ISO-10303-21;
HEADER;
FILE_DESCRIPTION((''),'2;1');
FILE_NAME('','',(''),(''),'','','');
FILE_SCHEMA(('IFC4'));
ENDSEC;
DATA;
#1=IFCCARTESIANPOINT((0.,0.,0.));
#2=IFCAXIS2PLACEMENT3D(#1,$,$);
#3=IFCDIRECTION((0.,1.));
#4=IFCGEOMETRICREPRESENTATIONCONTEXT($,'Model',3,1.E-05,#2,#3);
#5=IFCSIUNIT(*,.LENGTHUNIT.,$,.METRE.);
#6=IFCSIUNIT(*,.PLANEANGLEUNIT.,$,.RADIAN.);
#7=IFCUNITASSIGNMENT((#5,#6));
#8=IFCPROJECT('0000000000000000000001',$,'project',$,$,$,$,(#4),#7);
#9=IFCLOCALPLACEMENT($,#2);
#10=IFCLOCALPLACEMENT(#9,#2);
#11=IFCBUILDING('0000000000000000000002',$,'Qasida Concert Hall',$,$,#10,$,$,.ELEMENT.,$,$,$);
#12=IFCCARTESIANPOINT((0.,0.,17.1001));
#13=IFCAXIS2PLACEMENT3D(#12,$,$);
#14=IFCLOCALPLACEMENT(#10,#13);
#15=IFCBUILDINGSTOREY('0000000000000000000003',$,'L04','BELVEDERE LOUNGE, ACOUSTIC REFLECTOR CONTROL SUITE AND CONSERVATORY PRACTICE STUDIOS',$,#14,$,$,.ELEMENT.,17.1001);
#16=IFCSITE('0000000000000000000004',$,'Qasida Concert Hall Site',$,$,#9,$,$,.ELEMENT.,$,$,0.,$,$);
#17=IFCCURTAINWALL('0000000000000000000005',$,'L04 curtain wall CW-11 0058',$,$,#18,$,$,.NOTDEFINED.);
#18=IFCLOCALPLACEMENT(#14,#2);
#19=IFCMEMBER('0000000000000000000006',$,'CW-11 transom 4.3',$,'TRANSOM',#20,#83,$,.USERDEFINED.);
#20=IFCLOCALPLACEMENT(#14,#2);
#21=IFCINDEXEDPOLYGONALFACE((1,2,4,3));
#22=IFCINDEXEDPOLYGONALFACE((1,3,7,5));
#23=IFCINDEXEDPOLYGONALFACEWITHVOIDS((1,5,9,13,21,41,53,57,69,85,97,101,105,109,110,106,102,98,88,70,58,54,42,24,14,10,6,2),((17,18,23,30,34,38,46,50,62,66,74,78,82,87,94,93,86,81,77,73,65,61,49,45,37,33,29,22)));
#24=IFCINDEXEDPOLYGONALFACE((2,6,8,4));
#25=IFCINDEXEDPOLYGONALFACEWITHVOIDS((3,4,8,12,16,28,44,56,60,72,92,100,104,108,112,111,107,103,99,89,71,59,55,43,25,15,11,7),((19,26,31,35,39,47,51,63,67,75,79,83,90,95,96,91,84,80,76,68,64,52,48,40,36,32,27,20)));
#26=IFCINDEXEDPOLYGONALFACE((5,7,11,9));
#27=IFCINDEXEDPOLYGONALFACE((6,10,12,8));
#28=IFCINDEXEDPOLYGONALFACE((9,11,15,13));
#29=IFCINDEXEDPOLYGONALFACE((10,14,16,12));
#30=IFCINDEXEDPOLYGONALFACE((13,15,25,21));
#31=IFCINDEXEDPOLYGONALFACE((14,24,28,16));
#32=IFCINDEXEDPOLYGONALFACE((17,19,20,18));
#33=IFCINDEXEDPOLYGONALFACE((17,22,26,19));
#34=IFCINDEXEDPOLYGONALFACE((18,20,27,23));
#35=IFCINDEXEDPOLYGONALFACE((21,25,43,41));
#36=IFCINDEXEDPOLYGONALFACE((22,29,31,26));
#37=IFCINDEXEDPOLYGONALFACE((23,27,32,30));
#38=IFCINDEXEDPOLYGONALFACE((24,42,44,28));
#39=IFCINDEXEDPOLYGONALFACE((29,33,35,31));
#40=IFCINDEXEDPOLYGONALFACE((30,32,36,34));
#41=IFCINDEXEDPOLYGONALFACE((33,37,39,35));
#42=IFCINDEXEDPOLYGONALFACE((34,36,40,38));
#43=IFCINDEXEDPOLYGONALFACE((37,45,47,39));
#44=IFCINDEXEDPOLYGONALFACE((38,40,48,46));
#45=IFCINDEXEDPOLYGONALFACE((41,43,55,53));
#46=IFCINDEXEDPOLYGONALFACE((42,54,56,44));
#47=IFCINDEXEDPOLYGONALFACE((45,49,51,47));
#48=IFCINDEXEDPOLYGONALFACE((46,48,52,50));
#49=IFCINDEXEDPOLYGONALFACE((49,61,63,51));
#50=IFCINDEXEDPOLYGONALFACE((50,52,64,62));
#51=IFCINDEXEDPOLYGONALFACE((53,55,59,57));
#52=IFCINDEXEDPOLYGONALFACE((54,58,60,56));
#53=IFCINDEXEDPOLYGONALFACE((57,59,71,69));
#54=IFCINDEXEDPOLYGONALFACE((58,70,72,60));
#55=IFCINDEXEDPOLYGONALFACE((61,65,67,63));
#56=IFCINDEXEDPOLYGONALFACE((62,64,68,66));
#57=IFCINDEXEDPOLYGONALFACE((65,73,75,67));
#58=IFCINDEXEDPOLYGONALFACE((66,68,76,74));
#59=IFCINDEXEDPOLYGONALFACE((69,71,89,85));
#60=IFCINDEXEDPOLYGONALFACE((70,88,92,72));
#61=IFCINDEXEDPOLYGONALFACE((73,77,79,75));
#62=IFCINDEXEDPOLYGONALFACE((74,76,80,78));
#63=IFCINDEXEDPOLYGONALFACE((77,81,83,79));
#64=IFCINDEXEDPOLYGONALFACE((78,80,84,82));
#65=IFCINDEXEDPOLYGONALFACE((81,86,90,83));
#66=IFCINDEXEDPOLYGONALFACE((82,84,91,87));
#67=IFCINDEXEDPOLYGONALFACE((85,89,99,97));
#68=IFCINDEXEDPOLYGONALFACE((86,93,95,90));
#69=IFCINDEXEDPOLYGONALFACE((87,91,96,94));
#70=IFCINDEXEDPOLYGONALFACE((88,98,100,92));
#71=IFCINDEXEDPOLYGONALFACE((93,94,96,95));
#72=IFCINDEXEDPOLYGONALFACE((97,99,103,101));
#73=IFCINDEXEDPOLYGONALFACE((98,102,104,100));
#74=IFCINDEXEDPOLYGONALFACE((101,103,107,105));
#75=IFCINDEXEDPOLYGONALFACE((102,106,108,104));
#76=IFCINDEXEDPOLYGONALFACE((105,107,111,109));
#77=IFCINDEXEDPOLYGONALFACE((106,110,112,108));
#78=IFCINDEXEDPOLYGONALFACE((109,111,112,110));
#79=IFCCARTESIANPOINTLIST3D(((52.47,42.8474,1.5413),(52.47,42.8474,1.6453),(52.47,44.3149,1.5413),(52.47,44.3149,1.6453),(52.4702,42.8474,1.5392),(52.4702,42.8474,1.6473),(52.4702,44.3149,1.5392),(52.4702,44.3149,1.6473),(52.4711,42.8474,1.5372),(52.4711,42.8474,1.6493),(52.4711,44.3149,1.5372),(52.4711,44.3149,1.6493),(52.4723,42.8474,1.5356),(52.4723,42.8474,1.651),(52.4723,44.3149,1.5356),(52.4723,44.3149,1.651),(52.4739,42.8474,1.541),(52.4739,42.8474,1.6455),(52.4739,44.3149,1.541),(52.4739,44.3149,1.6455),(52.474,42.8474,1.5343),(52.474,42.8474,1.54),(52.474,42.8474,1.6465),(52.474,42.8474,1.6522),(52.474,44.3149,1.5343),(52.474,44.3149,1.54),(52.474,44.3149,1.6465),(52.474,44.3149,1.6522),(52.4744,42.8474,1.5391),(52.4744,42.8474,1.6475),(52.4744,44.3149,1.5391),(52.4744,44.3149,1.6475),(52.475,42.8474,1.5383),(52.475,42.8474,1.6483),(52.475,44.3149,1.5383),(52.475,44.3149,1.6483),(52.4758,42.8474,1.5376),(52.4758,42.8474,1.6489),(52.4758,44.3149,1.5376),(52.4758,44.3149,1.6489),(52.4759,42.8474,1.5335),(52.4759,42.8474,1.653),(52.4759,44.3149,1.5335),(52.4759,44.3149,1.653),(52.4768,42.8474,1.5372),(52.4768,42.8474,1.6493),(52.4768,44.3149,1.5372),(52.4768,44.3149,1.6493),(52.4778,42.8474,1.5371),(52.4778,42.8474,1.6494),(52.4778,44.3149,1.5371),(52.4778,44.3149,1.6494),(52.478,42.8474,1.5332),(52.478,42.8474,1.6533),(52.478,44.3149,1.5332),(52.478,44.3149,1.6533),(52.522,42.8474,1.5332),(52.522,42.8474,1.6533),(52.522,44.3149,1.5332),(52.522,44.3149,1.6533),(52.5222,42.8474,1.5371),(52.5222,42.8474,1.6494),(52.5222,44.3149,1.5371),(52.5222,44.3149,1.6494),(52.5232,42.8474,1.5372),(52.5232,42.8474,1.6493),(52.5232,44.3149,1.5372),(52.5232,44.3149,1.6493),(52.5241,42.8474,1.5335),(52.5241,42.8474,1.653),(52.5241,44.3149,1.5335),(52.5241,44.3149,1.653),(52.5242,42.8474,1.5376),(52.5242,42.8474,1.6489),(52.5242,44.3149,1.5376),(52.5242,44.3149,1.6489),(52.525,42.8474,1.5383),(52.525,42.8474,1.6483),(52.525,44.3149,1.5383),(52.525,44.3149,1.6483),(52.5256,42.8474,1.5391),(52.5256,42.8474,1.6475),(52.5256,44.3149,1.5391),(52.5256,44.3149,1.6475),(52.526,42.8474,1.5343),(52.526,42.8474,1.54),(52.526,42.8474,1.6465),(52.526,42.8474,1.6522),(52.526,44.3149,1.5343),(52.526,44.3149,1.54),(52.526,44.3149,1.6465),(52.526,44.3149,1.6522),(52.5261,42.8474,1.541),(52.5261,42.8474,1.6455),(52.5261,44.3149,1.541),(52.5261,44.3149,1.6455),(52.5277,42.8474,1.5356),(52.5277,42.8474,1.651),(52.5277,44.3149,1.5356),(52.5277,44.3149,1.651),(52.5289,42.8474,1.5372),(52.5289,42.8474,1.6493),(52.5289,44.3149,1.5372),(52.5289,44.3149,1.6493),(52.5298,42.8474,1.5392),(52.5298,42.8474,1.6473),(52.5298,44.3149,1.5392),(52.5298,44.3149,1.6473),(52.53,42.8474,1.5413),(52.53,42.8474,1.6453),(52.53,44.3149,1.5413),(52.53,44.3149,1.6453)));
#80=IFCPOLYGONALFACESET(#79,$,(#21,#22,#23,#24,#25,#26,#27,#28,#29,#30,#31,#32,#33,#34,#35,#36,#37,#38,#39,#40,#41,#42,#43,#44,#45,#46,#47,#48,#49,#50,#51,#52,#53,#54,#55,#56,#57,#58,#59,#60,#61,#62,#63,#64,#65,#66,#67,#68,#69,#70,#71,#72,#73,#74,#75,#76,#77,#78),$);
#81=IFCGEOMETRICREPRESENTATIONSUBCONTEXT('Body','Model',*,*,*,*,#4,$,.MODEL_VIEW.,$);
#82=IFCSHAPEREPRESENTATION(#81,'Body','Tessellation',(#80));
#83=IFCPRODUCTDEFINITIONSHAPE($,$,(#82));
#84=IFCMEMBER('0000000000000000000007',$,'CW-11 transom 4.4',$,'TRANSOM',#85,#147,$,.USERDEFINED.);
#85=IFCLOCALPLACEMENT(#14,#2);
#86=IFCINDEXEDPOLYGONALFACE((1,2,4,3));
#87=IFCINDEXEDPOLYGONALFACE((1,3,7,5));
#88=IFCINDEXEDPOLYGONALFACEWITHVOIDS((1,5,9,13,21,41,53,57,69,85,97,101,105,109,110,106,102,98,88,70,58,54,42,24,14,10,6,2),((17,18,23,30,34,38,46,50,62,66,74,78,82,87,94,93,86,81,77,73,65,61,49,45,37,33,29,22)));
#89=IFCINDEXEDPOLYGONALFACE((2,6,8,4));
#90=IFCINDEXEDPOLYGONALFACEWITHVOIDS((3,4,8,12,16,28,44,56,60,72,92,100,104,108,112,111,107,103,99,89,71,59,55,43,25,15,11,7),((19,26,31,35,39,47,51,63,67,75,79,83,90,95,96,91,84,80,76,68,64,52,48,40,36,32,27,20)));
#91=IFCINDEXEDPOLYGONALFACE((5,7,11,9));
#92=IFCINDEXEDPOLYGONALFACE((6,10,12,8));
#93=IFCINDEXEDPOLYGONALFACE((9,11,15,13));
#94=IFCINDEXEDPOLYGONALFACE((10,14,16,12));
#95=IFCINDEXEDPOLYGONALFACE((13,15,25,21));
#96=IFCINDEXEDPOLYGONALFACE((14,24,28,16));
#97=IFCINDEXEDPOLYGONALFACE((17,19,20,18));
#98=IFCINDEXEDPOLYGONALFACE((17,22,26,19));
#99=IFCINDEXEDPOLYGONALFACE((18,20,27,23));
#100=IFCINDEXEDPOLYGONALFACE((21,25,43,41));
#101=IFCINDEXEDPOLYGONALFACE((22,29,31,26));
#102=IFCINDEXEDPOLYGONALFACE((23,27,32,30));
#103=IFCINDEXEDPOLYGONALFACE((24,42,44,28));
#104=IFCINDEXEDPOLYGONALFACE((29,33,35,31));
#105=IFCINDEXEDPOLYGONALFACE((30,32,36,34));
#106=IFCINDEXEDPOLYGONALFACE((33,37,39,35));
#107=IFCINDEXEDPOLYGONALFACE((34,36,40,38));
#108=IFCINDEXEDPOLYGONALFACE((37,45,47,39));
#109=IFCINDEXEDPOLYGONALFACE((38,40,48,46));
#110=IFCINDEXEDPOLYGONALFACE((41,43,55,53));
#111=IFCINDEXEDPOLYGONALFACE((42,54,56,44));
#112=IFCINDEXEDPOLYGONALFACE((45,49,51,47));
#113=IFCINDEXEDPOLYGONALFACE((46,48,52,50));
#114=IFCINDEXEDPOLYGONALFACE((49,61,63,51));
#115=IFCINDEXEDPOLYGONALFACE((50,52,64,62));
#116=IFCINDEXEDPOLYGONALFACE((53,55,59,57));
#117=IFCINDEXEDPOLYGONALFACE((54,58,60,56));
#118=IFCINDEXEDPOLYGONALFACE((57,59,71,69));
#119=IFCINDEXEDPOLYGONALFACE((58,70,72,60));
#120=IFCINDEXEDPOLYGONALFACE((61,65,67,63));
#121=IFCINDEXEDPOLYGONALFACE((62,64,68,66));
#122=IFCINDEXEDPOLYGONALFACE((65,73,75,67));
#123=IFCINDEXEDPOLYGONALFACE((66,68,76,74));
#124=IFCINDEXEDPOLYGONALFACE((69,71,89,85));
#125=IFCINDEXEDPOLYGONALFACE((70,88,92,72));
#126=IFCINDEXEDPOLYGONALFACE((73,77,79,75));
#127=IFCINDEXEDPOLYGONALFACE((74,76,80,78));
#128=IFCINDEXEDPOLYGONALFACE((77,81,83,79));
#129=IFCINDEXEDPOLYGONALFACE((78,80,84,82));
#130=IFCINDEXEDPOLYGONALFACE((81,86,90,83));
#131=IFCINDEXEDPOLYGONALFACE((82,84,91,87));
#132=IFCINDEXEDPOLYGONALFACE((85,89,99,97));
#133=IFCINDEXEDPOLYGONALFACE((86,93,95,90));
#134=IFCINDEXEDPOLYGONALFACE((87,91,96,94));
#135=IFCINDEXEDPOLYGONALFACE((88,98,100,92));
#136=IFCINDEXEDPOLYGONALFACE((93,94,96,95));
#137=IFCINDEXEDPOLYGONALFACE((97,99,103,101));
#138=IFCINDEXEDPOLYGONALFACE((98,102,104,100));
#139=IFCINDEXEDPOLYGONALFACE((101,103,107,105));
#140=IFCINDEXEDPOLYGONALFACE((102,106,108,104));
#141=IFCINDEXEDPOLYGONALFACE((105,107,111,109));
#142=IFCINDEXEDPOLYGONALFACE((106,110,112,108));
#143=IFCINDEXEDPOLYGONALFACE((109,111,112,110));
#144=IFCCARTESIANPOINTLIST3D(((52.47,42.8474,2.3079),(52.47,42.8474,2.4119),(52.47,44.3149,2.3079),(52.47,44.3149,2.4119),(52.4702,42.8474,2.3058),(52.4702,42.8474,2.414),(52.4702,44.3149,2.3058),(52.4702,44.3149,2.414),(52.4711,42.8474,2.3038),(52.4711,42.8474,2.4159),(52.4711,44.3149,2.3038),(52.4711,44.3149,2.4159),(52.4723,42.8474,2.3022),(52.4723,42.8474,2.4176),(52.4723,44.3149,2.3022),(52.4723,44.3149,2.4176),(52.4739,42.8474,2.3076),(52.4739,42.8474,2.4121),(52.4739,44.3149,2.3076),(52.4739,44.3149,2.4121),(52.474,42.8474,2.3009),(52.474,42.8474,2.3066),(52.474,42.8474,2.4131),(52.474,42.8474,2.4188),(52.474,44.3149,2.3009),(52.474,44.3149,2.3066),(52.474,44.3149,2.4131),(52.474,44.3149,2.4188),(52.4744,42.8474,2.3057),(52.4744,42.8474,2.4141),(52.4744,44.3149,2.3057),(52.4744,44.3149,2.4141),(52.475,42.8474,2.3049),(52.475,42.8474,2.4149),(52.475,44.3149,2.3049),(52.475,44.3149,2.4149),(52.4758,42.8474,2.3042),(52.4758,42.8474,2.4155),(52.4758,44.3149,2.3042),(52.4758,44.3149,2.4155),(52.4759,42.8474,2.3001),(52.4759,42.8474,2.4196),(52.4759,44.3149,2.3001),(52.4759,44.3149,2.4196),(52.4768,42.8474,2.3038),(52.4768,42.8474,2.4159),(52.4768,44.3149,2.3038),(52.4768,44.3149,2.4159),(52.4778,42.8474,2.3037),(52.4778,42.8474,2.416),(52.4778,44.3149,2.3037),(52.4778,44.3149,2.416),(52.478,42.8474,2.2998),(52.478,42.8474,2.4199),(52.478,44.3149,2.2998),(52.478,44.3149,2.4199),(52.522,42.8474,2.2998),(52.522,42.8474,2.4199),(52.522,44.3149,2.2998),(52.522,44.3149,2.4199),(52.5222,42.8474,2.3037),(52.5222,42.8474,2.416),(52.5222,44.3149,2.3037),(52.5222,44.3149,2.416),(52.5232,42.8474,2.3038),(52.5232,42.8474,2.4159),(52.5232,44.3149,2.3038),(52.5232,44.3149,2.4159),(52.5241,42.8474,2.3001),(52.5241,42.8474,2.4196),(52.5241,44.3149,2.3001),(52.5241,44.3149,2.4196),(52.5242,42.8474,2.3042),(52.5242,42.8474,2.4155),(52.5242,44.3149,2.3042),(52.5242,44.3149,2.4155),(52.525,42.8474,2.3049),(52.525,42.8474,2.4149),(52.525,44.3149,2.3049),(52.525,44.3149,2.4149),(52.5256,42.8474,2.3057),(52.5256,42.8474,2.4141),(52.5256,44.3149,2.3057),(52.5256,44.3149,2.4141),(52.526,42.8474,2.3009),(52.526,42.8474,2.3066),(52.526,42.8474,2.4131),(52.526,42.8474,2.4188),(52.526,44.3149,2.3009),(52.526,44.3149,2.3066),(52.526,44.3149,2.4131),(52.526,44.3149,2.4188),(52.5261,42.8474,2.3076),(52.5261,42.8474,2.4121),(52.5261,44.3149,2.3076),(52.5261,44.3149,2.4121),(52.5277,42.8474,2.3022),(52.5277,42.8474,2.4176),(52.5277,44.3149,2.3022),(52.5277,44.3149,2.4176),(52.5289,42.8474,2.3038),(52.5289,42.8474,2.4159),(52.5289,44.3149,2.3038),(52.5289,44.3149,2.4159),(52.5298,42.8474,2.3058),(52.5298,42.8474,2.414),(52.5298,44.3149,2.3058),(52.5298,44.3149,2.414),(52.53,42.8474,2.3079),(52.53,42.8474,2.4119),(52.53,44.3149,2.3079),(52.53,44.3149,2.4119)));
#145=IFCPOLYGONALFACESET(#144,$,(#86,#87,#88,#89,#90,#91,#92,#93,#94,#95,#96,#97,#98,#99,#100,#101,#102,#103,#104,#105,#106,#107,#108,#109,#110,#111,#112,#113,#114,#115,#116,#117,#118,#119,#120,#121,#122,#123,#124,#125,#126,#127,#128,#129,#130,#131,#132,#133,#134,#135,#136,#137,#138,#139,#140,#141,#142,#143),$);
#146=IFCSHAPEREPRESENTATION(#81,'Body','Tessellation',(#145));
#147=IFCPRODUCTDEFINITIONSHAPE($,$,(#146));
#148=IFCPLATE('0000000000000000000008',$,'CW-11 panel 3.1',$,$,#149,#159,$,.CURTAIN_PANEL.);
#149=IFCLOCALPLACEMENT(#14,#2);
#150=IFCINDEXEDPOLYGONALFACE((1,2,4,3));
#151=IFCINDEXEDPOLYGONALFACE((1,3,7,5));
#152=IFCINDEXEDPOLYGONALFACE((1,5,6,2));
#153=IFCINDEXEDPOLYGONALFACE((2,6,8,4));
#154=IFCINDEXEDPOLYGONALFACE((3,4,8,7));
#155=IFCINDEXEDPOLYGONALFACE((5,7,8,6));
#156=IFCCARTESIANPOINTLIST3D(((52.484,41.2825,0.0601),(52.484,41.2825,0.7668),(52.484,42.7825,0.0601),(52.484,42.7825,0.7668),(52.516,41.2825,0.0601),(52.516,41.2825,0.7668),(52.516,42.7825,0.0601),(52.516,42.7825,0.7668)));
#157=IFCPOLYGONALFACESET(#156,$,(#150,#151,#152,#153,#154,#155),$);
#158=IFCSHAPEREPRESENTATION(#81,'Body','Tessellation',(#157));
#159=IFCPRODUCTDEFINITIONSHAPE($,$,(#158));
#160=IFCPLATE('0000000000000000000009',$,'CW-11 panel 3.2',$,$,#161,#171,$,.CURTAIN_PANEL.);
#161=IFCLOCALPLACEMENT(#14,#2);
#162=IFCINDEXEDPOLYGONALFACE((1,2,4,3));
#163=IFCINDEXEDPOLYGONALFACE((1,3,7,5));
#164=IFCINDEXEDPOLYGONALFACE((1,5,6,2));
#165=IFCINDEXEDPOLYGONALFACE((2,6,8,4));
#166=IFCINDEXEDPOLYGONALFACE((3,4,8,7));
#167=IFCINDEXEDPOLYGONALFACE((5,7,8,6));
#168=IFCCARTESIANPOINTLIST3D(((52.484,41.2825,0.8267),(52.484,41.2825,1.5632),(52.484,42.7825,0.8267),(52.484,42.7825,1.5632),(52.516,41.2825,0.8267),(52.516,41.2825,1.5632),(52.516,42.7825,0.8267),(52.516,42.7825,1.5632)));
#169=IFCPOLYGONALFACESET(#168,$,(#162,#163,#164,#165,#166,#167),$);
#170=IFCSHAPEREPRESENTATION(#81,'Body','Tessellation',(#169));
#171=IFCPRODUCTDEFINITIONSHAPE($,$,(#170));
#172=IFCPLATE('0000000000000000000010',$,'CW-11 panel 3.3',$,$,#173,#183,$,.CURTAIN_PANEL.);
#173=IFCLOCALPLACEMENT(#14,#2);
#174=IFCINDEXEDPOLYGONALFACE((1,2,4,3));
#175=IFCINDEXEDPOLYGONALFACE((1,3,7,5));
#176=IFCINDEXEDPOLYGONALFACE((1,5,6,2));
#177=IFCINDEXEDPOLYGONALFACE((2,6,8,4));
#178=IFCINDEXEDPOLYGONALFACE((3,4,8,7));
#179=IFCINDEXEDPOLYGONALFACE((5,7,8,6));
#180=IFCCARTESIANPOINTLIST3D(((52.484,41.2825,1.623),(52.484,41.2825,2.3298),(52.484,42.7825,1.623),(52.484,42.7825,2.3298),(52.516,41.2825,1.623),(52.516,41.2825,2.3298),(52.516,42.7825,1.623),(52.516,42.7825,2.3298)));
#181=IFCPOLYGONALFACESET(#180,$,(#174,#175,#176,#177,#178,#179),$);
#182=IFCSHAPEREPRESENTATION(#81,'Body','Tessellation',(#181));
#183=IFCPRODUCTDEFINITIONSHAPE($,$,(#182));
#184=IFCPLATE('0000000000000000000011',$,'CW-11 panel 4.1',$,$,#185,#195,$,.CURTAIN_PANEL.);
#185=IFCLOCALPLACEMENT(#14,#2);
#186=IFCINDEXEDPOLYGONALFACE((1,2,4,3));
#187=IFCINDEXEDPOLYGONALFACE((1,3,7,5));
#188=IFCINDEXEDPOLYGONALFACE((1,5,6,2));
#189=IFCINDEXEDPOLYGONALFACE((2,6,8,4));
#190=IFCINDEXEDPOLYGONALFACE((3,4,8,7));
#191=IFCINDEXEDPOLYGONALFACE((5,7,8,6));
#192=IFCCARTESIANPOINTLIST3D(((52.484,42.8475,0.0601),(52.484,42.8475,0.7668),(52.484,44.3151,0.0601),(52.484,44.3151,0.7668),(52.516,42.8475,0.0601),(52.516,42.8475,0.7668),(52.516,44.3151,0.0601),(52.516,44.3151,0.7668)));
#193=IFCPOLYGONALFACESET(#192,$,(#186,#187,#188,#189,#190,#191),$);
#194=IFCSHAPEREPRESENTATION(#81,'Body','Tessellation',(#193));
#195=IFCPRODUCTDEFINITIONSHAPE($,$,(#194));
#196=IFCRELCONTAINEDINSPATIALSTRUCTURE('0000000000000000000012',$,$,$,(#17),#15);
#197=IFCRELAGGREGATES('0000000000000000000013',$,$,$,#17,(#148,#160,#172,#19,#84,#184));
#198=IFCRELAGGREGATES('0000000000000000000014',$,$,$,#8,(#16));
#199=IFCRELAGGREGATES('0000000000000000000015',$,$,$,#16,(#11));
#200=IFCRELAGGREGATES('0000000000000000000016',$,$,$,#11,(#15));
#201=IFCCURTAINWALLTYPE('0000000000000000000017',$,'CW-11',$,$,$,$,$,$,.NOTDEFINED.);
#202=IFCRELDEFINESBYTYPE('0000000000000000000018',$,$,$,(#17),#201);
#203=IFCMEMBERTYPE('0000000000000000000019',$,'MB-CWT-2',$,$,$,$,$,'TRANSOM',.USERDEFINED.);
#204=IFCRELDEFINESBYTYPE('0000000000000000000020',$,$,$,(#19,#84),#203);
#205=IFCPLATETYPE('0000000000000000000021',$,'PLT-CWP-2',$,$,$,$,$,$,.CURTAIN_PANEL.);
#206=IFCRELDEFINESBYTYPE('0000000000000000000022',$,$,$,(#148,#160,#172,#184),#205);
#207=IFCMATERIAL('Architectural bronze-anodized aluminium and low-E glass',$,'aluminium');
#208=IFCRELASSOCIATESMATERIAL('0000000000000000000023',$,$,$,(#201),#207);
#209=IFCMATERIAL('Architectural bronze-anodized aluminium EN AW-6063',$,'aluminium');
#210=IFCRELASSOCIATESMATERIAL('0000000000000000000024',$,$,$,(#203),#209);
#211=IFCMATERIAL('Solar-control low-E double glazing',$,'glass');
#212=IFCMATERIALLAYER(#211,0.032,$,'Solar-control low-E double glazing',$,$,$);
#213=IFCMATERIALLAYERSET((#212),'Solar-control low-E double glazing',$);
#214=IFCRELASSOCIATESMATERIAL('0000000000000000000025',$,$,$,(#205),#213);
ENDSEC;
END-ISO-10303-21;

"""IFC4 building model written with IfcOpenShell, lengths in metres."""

from ifc_helpers import new_model, si_unit, direction, frame, origin, origin_2d, place, context, subcontext, project, spatial, rectangle, hollow_rectangle, extrude, material, layer, layer_set, material_profile, profile_set, type_object, element, aggregate, save


model = new_model("IFC4")

# Units and contexts
model_context = context("Model", 3, precision=1e-05, world=origin(), true_north=direction((0.0, 1.0)))
body_context = subcontext(model_context, "Body", "Model", "MODEL_VIEW")
ifc_project = project(units=[si_unit("LENGTHUNIT", "METRE"), si_unit("PLANEANGLEUNIT", "RADIAN")], contexts=[model_context])

# Site, building, storey
site_placement = place(None, origin())
site = spatial("IfcSite", under=ifc_project, at=site_placement, Name="Qasida Concert Hall Site", CompositionType="ELEMENT", RefElevation=0.0)
building_placement = place(site_placement, origin())
building = spatial("IfcBuilding", under=site, at=building_placement, Name="Qasida Concert Hall", CompositionType="ELEMENT")
storey_placement = place(building_placement, frame((0.0, 0.0, 17.1001)))
storey = spatial("IfcBuildingStorey", under=building, at=storey_placement, Name="L04", Description="BELVEDERE LOUNGE, ACOUSTIC REFLECTOR CONTROL SUITE AND CONSERVATORY PRACTICE STUDIOS", CompositionType="ELEMENT", Elevation=17.1001)

# Curtain wall, members, plates
ifc_material_1 = material(Name="Architectural bronze-anodized aluminium and low-E glass", Category="aluminium")
curtain_wall_type = type_object("IfcCurtainWallType", Name="CW-11", PredefinedType="NOTDEFINED", material=ifc_material_1)
curtain_wall_placement = place(storey_placement, origin())
curtain_wall = element("IfcCurtainWall", 1, at=curtain_wall_placement, inside=storey, type_object=curtain_wall_type, Name="L04 curtain wall CW-11 0058", PredefinedType="NOTDEFINED")
ifc_material_2 = material(Name="Architectural bronze-anodized aluminium EN AW-6063", Category="aluminium")
ifc_material_profile_1 = material_profile(ifc_material_2, hollow_rectangle(XDim=0.0601, YDim=0.1201, WallThickness=0.0039, InnerFilletRadius=0.0039, OuterFilletRadius=0.0081, at=origin_2d()), Name="CWT 120x60x4")
ifc_profile_set_1 = profile_set([ifc_material_profile_1], Name="Architectural bronze-anodized aluminium EN AW-6063")
member_type_1 = type_object("IfcMemberType", Name="MB-CWT-2", ElementType="TRANSOM", PredefinedType="USERDEFINED", material=ifc_profile_set_1)
member_1_placement = place(storey_placement, frame((52.5, 42.8474, 1.5933), z_axis=(0.0, 1.0, 0.0), x_axis=(-1.0, 0.0, 0.0)))
member_1 = element("IfcMember", 2, at=member_1_placement, type_object=member_type_1, Name="CW-11 transom 4.3", ObjectType="TRANSOM", PredefinedType="USERDEFINED", context=body_context, shape_type="SweptSolid", body=[
    extrude(hollow_rectangle(XDim=0.0601, YDim=0.1201, WallThickness=0.0039, InnerFilletRadius=0.0039, OuterFilletRadius=0.0081, at=origin_2d()), origin(), (0.0, 0.0, 1.0), 1.4675),
])
member_2_placement = place(storey_placement, frame((52.5, 42.8474, 2.3599), z_axis=(0.0, 1.0, 0.0), x_axis=(-1.0, 0.0, 0.0)))
member_2 = element("IfcMember", 3, at=member_2_placement, type_object=member_type_1, Name="CW-11 transom 4.4", ObjectType="TRANSOM", PredefinedType="USERDEFINED", context=body_context, shape_type="SweptSolid", body=[
    extrude(hollow_rectangle(XDim=0.0601, YDim=0.1201, WallThickness=0.0039, InnerFilletRadius=0.0039, OuterFilletRadius=0.0081, at=origin_2d()), origin(), (0.0, 0.0, 1.0), 1.4675),
])
ifc_material_3 = material(Name="Solar-control low-E double glazing", Category="glass")
ifc_layer_1 = layer(ifc_material_3, 0.032, Name="Solar-control low-E double glazing")
ifc_layer_set_1 = layer_set([ifc_layer_1], Name="Solar-control low-E double glazing")
plate_type = type_object("IfcPlateType", Name="PLT-CWP-2", PredefinedType="CURTAIN_PANEL", material=ifc_layer_set_1)
plate_1_placement = place(storey_placement, frame((52.5, 42.0325, 0.0601), z_axis=(0.0, 0.0, 1.0), x_axis=(0.0, 1.0, 0.0)))
plate_1 = element("IfcPlate", 4, at=plate_1_placement, type_object=plate_type, Name="CW-11 panel 3.1", PredefinedType="CURTAIN_PANEL", context=body_context, shape_type="SweptSolid", body=[
    extrude(rectangle(XDim=1.5, YDim=0.032, at=origin_2d()), origin(), (0.0, 0.0, 1.0), 0.7068),
])
plate_2_placement = place(storey_placement, frame((52.5, 42.0325, 0.8267), z_axis=(0.0, 0.0, 1.0), x_axis=(0.0, 1.0, 0.0)))
plate_2 = element("IfcPlate", 5, at=plate_2_placement, type_object=plate_type, Name="CW-11 panel 3.2", PredefinedType="CURTAIN_PANEL", context=body_context, shape_type="SweptSolid", body=[
    extrude(rectangle(XDim=1.5, YDim=0.032, at=origin_2d()), origin(), (0.0, 0.0, 1.0), 0.7366),
])
plate_3_placement = place(storey_placement, frame((52.5, 42.0325, 1.623), z_axis=(0.0, 0.0, 1.0), x_axis=(0.0, 1.0, 0.0)))
plate_3 = element("IfcPlate", 6, at=plate_3_placement, type_object=plate_type, Name="CW-11 panel 3.3", PredefinedType="CURTAIN_PANEL", context=body_context, shape_type="SweptSolid", body=[
    extrude(rectangle(XDim=1.5, YDim=0.032, at=origin_2d()), origin(), (0.0, 0.0, 1.0), 0.7068),
])
plate_4_placement = place(storey_placement, frame((52.5, 43.5813, 0.0601), z_axis=(0.0, 0.0, 1.0), x_axis=(0.0, 1.0, 0.0)))
plate_4 = element("IfcPlate", 7, at=plate_4_placement, type_object=plate_type, Name="CW-11 panel 4.1", PredefinedType="CURTAIN_PANEL", context=body_context, shape_type="SweptSolid", body=[
    extrude(rectangle(XDim=1.4675, YDim=0.032, at=origin_2d()), origin(), (0.0, 0.0, 1.0), 0.7068),
])
aggregate(curtain_wall, [plate_1, plate_2, plate_3, member_1, member_2, plate_4])

save(model, "model.ifc")
